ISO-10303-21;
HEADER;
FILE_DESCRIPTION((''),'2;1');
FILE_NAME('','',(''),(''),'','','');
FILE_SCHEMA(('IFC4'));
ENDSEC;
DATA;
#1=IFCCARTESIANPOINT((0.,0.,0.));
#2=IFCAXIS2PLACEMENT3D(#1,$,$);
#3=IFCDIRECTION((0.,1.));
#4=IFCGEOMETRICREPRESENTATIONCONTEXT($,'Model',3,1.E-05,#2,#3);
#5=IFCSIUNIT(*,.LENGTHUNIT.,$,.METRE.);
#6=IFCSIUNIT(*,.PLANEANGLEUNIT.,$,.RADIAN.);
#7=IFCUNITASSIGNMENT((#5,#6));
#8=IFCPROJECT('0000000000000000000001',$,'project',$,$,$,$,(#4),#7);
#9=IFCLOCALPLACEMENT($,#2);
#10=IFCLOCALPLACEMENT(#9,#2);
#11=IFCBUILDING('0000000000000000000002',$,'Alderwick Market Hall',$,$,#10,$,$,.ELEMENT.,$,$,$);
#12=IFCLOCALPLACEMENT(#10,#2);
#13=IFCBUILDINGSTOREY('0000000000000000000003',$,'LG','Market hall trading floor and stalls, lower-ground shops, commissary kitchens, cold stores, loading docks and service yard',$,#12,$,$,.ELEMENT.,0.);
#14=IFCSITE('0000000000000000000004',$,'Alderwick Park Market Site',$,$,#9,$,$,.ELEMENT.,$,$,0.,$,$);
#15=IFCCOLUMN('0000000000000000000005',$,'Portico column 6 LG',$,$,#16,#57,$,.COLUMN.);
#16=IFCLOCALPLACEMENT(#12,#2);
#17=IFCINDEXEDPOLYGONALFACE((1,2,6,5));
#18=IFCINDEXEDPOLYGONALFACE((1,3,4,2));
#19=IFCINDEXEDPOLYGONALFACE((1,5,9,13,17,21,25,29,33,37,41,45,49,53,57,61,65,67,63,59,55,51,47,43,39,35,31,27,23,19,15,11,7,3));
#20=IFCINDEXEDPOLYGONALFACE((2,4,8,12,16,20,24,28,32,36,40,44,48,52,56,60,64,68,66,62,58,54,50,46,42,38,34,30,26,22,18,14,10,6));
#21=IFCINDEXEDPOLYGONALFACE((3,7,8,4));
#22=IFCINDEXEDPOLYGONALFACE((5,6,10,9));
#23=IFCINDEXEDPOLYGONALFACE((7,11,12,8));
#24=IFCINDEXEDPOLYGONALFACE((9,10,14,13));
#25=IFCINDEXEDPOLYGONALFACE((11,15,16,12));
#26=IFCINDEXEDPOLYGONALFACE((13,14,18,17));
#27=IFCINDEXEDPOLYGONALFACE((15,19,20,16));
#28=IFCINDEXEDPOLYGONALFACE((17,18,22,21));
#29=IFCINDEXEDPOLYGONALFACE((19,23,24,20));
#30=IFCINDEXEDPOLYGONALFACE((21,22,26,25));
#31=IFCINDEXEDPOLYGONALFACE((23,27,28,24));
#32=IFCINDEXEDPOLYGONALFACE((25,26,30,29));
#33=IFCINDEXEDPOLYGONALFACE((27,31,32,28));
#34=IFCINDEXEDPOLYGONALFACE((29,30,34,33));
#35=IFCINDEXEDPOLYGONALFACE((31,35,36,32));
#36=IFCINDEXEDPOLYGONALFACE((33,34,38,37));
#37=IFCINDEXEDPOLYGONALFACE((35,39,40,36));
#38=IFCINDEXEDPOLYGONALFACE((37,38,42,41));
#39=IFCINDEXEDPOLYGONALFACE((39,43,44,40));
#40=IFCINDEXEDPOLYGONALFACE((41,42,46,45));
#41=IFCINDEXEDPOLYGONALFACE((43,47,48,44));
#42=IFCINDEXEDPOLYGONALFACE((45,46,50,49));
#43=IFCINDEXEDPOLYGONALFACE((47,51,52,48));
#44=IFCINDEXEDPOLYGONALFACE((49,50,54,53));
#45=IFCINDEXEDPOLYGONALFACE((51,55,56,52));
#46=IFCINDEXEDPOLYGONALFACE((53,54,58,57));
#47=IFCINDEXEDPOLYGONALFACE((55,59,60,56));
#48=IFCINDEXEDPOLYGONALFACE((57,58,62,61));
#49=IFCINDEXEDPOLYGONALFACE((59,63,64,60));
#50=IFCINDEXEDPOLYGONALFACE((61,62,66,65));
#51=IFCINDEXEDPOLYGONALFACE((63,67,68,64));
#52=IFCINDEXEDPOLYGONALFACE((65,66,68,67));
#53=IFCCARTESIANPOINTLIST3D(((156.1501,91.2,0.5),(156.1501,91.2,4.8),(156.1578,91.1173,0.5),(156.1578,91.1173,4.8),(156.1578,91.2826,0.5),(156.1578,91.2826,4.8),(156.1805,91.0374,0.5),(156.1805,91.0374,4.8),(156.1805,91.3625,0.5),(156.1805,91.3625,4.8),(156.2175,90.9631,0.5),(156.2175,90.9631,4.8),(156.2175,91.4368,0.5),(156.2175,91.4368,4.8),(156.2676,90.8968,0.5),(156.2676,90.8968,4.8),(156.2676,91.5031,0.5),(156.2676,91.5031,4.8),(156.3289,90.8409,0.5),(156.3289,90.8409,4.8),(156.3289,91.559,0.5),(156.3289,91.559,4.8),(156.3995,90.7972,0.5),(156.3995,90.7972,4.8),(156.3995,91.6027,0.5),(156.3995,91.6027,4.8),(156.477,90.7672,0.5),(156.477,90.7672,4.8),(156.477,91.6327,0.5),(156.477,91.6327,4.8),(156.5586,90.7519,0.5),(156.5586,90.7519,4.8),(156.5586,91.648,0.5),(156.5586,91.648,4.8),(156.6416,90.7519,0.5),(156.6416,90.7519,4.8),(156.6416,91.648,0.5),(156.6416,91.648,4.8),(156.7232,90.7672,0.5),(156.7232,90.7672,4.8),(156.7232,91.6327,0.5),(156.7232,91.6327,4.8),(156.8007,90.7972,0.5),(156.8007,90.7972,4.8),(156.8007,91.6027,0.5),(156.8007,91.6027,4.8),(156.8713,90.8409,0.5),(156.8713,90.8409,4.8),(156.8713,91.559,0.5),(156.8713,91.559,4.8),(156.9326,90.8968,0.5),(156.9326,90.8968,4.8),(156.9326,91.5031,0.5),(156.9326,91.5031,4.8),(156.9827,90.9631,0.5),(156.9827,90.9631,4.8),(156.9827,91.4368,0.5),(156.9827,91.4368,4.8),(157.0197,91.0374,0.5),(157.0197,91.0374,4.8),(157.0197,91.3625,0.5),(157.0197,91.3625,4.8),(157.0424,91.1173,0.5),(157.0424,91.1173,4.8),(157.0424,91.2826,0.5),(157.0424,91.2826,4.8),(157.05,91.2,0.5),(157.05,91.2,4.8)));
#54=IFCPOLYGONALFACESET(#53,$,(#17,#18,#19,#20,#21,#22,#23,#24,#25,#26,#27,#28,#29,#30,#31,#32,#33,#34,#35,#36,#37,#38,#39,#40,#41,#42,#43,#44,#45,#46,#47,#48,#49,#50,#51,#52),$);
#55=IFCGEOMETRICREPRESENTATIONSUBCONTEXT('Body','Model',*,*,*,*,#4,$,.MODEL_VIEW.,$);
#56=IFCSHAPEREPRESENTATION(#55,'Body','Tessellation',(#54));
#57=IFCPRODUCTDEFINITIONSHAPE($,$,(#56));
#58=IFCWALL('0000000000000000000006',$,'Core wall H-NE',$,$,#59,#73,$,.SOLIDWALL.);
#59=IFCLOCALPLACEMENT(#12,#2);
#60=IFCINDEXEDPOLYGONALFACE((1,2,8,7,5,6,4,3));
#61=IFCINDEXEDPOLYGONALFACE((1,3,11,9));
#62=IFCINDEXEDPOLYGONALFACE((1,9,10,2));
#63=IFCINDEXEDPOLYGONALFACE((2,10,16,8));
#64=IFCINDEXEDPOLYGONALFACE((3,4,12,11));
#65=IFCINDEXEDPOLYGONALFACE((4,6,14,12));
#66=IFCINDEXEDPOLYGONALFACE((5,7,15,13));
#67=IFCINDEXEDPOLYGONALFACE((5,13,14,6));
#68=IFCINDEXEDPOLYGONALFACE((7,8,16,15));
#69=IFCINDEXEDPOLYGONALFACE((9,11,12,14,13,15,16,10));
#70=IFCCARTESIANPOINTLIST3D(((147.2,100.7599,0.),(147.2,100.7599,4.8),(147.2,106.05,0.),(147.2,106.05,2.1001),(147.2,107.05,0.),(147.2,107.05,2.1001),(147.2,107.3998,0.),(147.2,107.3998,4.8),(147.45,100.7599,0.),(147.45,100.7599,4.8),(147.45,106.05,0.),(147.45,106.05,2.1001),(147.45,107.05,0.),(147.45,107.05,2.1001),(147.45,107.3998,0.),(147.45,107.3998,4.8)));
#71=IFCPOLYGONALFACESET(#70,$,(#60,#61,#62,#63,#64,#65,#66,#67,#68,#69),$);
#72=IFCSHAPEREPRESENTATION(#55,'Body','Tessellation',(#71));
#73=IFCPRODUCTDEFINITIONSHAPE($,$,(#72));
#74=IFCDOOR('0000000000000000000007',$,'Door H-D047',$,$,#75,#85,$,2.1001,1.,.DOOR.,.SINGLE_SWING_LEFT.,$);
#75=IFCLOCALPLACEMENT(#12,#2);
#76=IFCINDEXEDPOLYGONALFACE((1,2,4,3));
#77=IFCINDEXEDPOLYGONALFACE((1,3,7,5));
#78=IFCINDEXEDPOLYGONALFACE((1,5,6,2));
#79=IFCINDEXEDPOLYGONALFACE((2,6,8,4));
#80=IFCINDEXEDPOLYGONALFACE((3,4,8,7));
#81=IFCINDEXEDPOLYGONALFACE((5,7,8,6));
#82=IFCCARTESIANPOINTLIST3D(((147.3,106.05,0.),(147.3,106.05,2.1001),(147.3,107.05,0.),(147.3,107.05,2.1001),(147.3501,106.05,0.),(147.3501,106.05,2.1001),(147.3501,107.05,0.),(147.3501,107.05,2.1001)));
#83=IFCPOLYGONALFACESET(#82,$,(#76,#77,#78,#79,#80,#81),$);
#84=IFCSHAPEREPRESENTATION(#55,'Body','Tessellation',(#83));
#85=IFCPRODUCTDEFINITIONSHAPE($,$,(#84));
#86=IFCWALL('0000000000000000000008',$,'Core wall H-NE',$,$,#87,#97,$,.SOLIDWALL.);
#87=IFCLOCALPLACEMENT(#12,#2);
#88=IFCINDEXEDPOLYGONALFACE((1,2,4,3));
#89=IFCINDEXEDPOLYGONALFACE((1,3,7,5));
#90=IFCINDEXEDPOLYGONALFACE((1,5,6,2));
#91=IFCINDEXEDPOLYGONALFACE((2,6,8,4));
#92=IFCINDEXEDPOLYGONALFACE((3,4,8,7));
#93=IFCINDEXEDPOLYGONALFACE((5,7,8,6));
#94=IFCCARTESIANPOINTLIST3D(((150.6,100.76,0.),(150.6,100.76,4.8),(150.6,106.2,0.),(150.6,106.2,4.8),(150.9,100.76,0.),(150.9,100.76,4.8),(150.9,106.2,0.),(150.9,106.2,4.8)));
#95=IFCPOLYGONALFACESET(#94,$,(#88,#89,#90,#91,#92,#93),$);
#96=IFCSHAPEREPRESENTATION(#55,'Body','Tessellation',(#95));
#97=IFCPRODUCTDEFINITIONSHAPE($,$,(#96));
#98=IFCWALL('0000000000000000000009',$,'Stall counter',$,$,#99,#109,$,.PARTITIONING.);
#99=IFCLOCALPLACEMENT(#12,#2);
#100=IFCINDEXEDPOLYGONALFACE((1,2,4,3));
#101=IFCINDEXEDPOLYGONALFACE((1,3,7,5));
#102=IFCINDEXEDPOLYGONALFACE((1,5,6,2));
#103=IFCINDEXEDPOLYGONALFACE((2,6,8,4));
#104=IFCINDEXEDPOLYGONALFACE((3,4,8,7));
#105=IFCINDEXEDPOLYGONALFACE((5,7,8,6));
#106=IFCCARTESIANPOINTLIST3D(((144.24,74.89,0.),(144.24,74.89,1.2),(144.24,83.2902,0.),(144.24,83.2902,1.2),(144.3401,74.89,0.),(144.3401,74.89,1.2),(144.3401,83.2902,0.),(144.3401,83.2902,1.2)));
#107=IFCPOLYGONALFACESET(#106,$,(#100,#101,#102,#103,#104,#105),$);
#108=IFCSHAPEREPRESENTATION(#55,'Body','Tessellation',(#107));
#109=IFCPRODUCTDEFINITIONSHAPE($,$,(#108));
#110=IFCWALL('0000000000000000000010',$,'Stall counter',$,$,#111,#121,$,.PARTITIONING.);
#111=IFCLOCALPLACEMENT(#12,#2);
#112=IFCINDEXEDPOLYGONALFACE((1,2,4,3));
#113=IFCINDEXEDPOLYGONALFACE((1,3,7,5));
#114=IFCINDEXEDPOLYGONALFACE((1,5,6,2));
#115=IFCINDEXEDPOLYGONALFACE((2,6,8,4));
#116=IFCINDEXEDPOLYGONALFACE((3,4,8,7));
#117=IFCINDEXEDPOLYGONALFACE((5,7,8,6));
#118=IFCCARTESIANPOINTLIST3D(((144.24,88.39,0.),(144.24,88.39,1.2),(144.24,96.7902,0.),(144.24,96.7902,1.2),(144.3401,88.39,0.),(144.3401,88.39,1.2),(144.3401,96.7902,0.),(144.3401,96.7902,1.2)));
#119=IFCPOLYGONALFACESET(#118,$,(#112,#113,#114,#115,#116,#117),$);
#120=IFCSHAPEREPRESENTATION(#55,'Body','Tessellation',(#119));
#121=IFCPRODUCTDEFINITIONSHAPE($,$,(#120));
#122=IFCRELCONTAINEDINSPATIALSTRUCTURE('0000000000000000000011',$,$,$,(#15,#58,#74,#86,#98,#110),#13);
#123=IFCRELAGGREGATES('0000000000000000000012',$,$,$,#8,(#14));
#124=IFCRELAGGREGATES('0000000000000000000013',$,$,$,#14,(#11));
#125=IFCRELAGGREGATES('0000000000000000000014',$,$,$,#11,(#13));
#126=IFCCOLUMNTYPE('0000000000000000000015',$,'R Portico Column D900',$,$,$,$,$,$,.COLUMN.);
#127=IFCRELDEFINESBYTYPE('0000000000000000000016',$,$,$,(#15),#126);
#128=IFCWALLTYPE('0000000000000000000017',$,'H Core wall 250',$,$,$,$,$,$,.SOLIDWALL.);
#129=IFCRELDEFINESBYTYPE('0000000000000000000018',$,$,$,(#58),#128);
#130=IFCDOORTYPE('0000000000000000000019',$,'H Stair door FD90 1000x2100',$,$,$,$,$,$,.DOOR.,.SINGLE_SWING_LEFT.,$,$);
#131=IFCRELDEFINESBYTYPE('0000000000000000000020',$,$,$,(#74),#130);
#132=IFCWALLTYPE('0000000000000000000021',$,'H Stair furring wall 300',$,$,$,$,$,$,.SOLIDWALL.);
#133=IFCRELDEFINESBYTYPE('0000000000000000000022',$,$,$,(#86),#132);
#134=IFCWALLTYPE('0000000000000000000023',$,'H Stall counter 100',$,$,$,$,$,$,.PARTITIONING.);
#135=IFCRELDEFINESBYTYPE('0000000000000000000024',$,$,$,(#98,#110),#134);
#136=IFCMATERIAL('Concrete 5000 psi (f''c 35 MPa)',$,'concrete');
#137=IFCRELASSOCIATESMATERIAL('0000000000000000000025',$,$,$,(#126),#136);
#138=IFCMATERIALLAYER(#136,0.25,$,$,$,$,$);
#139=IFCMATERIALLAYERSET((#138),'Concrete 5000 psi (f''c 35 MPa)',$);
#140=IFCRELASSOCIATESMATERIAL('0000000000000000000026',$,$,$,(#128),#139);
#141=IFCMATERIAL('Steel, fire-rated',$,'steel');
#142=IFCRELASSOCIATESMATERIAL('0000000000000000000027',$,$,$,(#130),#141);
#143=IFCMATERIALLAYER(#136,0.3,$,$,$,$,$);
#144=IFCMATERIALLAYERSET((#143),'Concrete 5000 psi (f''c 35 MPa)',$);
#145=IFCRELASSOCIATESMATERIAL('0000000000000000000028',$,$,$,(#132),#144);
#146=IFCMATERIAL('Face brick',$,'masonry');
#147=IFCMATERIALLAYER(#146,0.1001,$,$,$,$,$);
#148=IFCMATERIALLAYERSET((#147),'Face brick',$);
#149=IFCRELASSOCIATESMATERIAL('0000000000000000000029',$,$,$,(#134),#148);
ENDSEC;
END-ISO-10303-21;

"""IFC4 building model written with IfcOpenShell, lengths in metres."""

from ifc_helpers import new_model, si_unit, direction, frame, frame_2d, origin, origin_2d, place, context, subcontext, project, spatial, rectangle, circle, extrude, material, layer, layer_set, material_profile, profile_set, type_object, element, fill, save


model = new_model("IFC4")

# Units and contexts
model_context = context("Model", 3, precision=1e-05, world=origin(), true_north=direction((0.0, 1.0)))
body_context = subcontext(model_context, "Body", "Model", "MODEL_VIEW")
ifc_project = project(units=[si_unit("LENGTHUNIT", "METRE"), si_unit("PLANEANGLEUNIT", "RADIAN")], contexts=[model_context])

# Site, building, storey
site_placement = place(None, origin())
site = spatial("IfcSite", under=ifc_project, at=site_placement, Name="Alderwick Park Market Site", CompositionType="ELEMENT", RefElevation=0.0)
building_placement = place(site_placement, origin())
building = spatial("IfcBuilding", under=site, at=building_placement, Name="Alderwick Market Hall", CompositionType="ELEMENT")
storey_placement = place(building_placement, origin())
storey = spatial("IfcBuildingStorey", under=building, at=storey_placement, Name="LG", Description="Market hall trading floor and stalls, lower-ground shops, commissary kitchens, cold stores, loading docks and service yard", CompositionType="ELEMENT", Elevation=0.0)

# Shared definitions
ifc_material_1 = material(Name="Concrete 5000 psi (f'c 35 MPa)", Category="concrete")

# Column
ifc_material_profile = material_profile(ifc_material_1, circle(Radius=0.45, at=origin_2d()), Name="RC D900")
ifc_profile_set = profile_set([ifc_material_profile], Name="Concrete 5000 psi (f'c 35 MPa)")
column_type = type_object("IfcColumnType", Name="R Portico Column D900", PredefinedType="COLUMN", material=ifc_profile_set)
for number, where, z_axis, x_axis, name in (
    (1, (156.6001, 91.2, 0.5), (0.0, 0.0, 1.0), (1.0, 0.0, 0.0), "Portico column 6 LG"),
):
    element("IfcColumn", number, at=place(storey_placement, frame(where, z_axis=z_axis, x_axis=x_axis)), inside=storey, type_object=column_type, Name=name, PredefinedType="COLUMN", context=body_context, shape_type="SweptSolid", body=[
        extrude(circle(Radius=0.45, at=origin_2d()), origin(), (0.0, 0.0, 1.0), 4.3),
    ])

# Wall, opening, door
ifc_layer_1 = layer(ifc_material_1, 0.25)
ifc_layer_set_1 = layer_set([ifc_layer_1], Name="Concrete 5000 psi (f'c 35 MPa)")
wall_type_1 = type_object("IfcWallType", Name="H Core wall 250", PredefinedType="SOLIDWALL", material=ifc_layer_set_1)
wall_1_placement = place(storey_placement, frame((147.325, 100.76, 0.0), z_axis=(0.0, 0.0, 1.0), x_axis=(0.0, 1.0, 0.0)))
wall_1 = element("IfcWall", 2, at=wall_1_placement, inside=storey, type_object=wall_type_1, Name="Core wall H-NE", PredefinedType="SOLIDWALL", context=body_context, shape_type="SweptSolid", body=[
    extrude(rectangle(XDim=6.6399, YDim=0.25, at=frame_2d((3.3198, 0.0))), origin(), (0.0, 0.0, 1.0), 4.8),
])
opening_1_placement = place(wall_1_placement, frame((5.29, 0.0, 0.0)))
opening_1 = element("IfcOpeningElement", 3, at=opening_1_placement, cuts=wall_1, PredefinedType="OPENING", context=body_context, shape_type="SweptSolid", body=[
    extrude(rectangle(XDim=1.0, YDim=2.1001, at=frame_2d((0.5, 1.05))), frame((0.0, 0.135, 0.0), z_axis=(0.0, -1.0, 0.0), x_axis=(1.0, 0.0, 0.0)), (0.0, 0.0, 1.0), 0.27),
])
ifc_material_2 = material(Name="Steel, fire-rated", Category="steel")
door_type = type_object("IfcDoorType", Name="H Stair door FD90 1000x2100", OperationType="SINGLE_SWING_LEFT", PredefinedType="DOOR", material=ifc_material_2)
door_placement = place(opening_1_placement, origin())
door = element("IfcDoor", 4, at=door_placement, inside=storey, type_object=door_type, Name="Door H-D047", OperationType="SINGLE_SWING_LEFT", OverallHeight=2.1001, OverallWidth=1.0, PredefinedType="DOOR", context=body_context, shape_type="SweptSolid", body=[
    extrude(rectangle(XDim=1.0, YDim=2.1001, at=frame_2d((0.5, 1.05))), frame((0.0, 0.0249, 0.0), z_axis=(0.0, -1.0, 0.0), x_axis=(1.0, 0.0, 0.0)), (0.0, 0.0, 1.0), 0.05),
])
fill(opening_1, door)

# Walls
ifc_layer_2 = layer(ifc_material_1, 0.3)
ifc_layer_set_2 = layer_set([ifc_layer_2], Name="Concrete 5000 psi (f'c 35 MPa)")
wall_type_2 = type_object("IfcWallType", Name="H Stair furring wall 300", PredefinedType="SOLIDWALL", material=ifc_layer_set_2)
wall_2_placement = place(storey_placement, frame((150.75, 100.76, 0.0), z_axis=(0.0, 0.0, 1.0), x_axis=(0.0, 1.0, 0.0)))
element("IfcWall", 5, at=wall_2_placement, inside=storey, type_object=wall_type_2, Name="Core wall H-NE", PredefinedType="SOLIDWALL", context=body_context, shape_type="SweptSolid", body=[
    extrude(rectangle(XDim=5.4399, YDim=0.3, at=frame_2d((2.72, 0.0))), origin(), (0.0, 0.0, 1.0), 4.8),
])
ifc_material_3 = material(Name="Face brick", Category="masonry")
ifc_layer_3 = layer(ifc_material_3, 0.1001)
ifc_layer_set_3 = layer_set([ifc_layer_3], Name="Face brick")
wall_type_3 = type_object("IfcWallType", Name="H Stall counter 100", PredefinedType="PARTITIONING", material=ifc_layer_set_3)
for number, where, z_axis, x_axis, name in (
    (6, (144.29, 74.8899, 0.0), (0.0, 0.0, 1.0), (0.0, 1.0, 0.0), "Stall counter"),
    (7, (144.29, 88.3899, 0.0), (0.0, 0.0, 1.0), (0.0, 1.0, 0.0), "Stall counter"),
):
    element("IfcWall", number, at=place(storey_placement, frame(where, z_axis=z_axis, x_axis=x_axis)), inside=storey, type_object=wall_type_3, Name=name, PredefinedType="PARTITIONING", context=body_context, shape_type="SweptSolid", body=[
        extrude(rectangle(XDim=8.4001, YDim=0.1001, at=frame_2d((4.2002, 0.0))), origin(), (0.0, 0.0, 1.0), 1.2),
    ])

save(model, "model.ifc")
